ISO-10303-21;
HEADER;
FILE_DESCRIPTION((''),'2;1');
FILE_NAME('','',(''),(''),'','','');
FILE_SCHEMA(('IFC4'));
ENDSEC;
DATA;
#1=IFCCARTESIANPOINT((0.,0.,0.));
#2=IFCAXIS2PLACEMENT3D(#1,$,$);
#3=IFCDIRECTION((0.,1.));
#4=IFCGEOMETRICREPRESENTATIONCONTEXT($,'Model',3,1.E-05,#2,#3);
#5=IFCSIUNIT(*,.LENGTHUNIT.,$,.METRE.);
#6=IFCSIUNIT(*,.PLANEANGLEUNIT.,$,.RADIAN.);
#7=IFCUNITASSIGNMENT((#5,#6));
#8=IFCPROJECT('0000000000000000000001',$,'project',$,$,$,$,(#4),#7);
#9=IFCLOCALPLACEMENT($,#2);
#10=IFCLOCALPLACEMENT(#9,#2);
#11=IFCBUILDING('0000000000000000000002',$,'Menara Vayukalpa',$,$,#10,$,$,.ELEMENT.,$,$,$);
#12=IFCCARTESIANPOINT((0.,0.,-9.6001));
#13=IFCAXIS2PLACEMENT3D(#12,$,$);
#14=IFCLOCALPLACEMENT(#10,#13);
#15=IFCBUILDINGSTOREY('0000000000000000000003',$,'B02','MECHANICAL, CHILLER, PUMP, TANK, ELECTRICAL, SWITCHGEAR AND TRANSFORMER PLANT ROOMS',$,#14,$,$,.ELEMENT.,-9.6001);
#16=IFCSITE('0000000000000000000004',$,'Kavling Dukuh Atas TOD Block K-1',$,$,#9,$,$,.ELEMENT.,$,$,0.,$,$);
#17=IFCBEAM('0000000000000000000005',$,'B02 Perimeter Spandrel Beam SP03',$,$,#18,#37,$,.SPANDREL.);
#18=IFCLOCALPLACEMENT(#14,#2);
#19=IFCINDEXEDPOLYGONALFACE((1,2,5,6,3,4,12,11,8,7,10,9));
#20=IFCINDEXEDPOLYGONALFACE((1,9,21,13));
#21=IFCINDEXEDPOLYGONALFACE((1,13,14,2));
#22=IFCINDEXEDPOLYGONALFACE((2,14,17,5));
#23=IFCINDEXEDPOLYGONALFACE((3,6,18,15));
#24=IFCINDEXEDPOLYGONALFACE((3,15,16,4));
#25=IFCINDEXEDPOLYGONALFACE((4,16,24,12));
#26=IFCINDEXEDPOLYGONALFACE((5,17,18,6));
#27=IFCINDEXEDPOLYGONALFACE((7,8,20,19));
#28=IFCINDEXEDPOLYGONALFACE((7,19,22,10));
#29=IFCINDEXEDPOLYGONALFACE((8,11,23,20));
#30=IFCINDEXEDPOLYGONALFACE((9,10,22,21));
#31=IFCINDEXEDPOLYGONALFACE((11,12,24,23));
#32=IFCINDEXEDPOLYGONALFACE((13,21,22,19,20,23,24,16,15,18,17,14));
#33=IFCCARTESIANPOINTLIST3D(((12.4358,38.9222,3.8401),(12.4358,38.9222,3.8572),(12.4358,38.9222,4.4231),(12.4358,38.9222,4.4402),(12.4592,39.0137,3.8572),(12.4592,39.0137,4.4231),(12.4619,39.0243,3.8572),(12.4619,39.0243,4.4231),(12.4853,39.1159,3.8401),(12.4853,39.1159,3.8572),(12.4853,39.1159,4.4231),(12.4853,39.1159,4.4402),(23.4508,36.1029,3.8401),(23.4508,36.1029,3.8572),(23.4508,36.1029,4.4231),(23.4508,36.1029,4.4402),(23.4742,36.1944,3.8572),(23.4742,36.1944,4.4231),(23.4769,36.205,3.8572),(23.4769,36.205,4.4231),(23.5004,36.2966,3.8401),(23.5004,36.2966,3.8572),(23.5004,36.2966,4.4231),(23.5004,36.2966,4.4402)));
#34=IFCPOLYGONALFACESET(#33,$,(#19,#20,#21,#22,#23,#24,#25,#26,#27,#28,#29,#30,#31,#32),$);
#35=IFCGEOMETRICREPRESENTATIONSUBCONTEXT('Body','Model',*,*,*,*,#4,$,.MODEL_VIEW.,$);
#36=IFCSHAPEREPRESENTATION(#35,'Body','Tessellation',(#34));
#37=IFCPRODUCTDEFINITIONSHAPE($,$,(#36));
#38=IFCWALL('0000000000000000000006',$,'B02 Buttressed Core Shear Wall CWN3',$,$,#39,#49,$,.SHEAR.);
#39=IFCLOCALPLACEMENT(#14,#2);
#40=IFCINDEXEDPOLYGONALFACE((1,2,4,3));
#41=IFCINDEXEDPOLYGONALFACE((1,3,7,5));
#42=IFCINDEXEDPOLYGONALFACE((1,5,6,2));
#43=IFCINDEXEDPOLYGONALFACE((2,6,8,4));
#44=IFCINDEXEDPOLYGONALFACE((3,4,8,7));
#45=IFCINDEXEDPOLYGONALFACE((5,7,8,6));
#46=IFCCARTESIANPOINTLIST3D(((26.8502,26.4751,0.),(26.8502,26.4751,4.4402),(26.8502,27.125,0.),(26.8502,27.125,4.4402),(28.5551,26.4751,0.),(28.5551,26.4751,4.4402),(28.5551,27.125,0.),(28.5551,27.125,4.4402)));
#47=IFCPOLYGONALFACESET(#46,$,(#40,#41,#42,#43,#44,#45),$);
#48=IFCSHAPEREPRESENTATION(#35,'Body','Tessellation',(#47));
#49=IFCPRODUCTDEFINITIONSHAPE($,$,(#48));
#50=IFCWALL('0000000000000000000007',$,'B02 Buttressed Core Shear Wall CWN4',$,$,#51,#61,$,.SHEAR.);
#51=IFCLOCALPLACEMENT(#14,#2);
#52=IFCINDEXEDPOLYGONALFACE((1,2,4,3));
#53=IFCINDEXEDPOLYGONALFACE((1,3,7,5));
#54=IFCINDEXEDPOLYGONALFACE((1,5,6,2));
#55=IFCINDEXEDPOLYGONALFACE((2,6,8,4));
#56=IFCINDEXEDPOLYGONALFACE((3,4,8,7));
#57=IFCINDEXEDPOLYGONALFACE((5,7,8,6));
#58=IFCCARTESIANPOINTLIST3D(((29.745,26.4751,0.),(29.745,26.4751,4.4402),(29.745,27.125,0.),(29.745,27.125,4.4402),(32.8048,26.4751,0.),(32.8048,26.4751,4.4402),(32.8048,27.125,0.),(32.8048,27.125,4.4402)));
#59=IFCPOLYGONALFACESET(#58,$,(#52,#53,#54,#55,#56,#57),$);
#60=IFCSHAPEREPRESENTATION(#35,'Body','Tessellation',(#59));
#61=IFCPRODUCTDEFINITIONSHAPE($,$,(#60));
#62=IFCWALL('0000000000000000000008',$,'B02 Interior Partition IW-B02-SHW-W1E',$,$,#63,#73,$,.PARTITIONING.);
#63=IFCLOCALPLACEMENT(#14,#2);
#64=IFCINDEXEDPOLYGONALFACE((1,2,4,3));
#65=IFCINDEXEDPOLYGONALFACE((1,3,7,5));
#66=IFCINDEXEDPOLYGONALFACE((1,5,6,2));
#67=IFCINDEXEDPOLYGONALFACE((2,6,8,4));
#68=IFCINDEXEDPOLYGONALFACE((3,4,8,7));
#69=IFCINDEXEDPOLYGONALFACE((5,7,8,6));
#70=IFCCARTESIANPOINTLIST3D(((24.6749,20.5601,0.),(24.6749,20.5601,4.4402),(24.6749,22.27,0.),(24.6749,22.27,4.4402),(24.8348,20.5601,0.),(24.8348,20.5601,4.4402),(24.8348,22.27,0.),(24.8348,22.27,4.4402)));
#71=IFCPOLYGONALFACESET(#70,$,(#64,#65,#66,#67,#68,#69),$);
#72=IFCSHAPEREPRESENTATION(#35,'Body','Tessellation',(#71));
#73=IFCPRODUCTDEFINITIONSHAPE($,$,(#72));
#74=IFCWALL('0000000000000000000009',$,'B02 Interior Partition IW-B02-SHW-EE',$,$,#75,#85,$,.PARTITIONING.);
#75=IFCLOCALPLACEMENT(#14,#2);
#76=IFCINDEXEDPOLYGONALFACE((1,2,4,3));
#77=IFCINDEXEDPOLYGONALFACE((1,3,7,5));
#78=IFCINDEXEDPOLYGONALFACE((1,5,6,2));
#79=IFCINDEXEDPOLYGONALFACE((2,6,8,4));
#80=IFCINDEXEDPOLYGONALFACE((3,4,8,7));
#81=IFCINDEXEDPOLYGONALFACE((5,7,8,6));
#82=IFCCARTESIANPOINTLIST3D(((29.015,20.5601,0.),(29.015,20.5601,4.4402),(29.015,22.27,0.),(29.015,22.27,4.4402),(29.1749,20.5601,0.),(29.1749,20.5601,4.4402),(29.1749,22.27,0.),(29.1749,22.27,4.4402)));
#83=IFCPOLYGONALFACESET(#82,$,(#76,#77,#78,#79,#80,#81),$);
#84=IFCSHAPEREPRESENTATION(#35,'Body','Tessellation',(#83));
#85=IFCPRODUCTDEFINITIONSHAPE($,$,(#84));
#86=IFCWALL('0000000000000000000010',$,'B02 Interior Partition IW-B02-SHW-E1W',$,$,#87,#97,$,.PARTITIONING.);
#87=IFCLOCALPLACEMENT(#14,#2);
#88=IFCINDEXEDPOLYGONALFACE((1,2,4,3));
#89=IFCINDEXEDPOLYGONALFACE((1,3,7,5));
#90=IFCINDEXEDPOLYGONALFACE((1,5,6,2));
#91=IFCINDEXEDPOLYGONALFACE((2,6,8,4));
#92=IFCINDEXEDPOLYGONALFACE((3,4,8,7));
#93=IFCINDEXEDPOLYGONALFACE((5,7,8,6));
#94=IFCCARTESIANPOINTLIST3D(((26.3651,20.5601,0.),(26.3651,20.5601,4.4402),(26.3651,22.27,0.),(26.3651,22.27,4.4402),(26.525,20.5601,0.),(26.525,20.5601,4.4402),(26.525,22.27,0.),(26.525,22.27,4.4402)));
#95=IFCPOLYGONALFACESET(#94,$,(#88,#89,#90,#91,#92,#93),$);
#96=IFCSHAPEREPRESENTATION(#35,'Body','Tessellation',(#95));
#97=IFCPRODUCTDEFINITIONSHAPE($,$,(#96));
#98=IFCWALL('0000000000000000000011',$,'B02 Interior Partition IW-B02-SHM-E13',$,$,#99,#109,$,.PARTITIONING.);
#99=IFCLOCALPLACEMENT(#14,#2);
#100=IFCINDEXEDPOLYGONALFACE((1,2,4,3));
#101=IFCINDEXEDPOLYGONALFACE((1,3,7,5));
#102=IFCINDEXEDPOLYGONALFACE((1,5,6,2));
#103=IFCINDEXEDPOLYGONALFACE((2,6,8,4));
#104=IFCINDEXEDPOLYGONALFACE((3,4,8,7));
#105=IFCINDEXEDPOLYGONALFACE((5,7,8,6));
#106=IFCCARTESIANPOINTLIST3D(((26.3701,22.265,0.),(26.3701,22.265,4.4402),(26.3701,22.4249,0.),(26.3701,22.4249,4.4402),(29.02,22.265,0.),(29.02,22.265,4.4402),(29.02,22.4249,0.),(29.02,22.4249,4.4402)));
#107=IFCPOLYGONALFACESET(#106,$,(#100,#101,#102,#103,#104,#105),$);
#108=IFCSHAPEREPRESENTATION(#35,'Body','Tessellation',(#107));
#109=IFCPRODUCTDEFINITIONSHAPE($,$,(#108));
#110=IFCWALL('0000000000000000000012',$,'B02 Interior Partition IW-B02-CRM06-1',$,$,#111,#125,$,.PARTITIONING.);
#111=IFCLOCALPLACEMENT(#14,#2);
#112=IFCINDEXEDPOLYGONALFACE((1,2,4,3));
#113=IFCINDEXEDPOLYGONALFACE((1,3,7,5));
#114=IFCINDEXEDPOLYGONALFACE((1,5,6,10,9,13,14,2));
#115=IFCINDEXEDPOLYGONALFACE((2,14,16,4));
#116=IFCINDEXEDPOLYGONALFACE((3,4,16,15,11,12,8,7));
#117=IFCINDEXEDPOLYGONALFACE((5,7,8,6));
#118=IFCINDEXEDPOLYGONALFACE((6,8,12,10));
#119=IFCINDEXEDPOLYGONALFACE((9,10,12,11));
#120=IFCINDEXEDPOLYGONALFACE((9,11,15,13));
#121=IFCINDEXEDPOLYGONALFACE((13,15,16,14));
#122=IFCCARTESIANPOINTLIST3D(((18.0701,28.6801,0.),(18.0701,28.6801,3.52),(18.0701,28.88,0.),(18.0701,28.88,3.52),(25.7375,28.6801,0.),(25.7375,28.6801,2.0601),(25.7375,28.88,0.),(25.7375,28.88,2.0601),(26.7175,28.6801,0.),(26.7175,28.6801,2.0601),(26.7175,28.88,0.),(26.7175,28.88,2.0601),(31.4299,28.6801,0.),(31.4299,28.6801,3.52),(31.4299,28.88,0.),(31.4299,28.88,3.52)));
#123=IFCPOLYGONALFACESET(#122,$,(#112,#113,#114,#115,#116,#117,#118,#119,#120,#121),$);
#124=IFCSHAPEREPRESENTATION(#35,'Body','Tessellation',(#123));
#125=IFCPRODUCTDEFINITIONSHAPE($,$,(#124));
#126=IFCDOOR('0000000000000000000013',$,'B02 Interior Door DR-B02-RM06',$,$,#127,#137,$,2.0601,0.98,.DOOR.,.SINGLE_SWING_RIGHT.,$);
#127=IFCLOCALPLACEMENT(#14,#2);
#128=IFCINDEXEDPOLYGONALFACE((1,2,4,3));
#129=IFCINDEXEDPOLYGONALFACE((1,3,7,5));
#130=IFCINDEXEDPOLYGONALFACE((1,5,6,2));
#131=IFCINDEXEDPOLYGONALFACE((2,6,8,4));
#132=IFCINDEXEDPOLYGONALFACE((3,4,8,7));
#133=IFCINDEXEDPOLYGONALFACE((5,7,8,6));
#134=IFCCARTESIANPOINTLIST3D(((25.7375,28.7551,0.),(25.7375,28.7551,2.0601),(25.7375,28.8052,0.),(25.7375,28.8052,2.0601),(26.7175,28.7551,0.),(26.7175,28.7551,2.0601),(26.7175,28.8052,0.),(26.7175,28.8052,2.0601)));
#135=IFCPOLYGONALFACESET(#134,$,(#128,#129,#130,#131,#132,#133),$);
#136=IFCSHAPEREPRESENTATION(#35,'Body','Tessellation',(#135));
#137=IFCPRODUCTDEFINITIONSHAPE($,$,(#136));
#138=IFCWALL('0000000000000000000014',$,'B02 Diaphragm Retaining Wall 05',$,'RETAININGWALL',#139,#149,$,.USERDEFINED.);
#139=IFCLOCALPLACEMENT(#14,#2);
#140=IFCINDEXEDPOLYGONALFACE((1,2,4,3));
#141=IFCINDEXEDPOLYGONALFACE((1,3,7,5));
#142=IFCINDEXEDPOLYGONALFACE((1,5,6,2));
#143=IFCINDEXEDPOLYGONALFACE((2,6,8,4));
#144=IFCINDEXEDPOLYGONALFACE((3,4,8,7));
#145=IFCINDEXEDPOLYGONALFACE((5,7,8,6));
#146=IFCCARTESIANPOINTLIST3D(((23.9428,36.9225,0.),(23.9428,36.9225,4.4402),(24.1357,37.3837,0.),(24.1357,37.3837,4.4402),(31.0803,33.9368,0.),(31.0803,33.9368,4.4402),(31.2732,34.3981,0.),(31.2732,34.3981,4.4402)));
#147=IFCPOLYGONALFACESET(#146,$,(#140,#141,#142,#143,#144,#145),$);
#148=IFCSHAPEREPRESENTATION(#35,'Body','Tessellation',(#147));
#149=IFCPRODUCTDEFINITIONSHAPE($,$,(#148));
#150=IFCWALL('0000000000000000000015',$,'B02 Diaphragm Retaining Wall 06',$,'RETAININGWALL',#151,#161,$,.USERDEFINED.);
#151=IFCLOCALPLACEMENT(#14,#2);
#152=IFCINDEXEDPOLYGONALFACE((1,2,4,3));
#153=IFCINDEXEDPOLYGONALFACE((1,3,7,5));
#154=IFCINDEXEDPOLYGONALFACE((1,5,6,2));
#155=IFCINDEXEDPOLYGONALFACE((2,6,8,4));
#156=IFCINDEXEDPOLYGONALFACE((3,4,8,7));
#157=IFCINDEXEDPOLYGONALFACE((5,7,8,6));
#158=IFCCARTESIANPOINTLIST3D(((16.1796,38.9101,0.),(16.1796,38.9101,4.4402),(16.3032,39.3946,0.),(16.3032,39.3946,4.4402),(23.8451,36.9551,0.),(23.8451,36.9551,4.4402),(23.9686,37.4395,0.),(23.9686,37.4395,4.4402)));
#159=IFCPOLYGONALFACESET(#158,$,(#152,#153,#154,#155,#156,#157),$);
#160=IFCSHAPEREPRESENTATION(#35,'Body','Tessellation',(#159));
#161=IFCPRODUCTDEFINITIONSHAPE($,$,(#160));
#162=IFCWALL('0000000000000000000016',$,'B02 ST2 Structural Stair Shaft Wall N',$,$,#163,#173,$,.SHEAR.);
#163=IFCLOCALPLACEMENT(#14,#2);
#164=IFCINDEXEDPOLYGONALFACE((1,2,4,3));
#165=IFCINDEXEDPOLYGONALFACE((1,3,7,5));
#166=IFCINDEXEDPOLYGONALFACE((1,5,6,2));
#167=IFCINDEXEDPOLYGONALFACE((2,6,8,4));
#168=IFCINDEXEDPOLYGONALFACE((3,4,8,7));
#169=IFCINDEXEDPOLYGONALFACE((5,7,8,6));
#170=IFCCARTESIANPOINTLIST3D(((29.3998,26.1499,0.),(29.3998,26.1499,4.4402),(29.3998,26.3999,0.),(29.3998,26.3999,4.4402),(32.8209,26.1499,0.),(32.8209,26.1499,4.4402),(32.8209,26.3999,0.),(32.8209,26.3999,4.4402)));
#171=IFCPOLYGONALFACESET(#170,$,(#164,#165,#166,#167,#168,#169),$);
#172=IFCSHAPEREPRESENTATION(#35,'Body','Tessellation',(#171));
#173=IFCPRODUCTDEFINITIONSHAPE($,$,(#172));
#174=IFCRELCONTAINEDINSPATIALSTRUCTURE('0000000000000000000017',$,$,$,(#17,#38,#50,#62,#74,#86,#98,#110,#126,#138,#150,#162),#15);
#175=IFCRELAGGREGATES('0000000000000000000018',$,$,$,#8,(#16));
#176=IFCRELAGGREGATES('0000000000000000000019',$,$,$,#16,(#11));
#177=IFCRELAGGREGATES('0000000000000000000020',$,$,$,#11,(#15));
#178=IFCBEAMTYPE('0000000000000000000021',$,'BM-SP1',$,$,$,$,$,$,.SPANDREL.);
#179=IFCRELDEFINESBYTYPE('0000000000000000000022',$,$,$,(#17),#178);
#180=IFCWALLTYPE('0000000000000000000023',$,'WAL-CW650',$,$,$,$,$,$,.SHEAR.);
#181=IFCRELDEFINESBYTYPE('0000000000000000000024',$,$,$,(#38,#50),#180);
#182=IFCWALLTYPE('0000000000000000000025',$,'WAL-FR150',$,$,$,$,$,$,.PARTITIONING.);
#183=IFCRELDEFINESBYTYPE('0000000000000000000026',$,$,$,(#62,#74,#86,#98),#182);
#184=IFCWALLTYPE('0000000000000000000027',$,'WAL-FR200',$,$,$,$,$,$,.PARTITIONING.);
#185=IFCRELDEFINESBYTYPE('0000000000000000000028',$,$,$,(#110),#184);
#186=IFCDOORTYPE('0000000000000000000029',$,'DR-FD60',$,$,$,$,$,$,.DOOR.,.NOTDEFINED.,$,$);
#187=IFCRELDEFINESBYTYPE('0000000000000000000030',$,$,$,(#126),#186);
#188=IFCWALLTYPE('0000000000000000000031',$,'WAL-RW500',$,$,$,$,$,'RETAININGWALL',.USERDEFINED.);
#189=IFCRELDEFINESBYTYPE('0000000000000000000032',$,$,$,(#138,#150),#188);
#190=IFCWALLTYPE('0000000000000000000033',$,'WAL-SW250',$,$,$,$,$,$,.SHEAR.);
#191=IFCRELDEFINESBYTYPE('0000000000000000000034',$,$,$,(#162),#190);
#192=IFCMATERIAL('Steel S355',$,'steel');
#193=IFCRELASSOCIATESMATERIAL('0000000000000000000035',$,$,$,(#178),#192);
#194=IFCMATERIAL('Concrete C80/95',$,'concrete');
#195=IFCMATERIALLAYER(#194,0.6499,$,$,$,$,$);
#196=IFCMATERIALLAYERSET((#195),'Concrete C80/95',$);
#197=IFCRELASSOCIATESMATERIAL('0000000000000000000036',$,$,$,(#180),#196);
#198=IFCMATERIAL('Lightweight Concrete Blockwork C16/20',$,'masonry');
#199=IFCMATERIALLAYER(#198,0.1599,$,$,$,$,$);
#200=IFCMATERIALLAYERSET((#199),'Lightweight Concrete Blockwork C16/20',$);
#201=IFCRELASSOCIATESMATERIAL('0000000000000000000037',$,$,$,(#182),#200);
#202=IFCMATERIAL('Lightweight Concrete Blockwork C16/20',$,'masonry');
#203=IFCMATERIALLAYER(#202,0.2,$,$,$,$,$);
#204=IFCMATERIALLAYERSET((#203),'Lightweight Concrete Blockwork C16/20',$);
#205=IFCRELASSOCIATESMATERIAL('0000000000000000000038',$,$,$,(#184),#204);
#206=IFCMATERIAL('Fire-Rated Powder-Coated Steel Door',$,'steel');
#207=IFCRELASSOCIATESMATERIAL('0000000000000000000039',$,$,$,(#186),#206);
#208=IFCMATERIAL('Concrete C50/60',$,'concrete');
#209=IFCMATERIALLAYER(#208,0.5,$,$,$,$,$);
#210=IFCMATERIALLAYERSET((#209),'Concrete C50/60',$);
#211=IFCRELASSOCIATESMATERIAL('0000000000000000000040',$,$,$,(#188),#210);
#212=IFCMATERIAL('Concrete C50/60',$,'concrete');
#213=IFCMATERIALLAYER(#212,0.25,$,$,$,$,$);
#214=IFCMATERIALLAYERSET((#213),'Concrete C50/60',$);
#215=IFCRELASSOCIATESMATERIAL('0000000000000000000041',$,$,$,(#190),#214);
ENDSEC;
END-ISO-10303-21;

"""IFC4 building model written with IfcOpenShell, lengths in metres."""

from ifc_helpers import new_model, si_unit, direction, frame, frame_2d, origin, origin_2d, place, context, subcontext, project, spatial, rectangle, i_section, extrude, material, layer, layer_set, material_profile, profile_set, type_object, element, fill, save


model = new_model("IFC4")

# Units and contexts
model_context = context("Model", 3, precision=1e-05, world=origin(), true_north=direction((0.0, 1.0)))
body_context = subcontext(model_context, "Body", "Model", "MODEL_VIEW")
ifc_project = project(units=[si_unit("LENGTHUNIT", "METRE"), si_unit("PLANEANGLEUNIT", "RADIAN")], contexts=[model_context])

# Site, building, storey
site_placement = place(None, origin())
site = spatial("IfcSite", under=ifc_project, at=site_placement, Name="Kavling Dukuh Atas TOD Block K-1", CompositionType="ELEMENT", RefElevation=0.0)
building_placement = place(site_placement, origin())
building = spatial("IfcBuilding", under=site, at=building_placement, Name="Menara Vayukalpa", CompositionType="ELEMENT")
storey_placement = place(building_placement, frame((0.0, 0.0, -9.6001)))
storey = spatial("IfcBuildingStorey", under=building, at=storey_placement, Name="B02", Description="MECHANICAL, CHILLER, PUMP, TANK, ELECTRICAL, SWITCHGEAR AND TRANSFORMER PLANT ROOMS", CompositionType="ELEMENT", Elevation=-9.6001)

# Beam
ifc_material_1 = material(Name="Steel S355", Category="steel")
ifc_material_profile_1 = material_profile(ifc_material_1, i_section(OverallWidth=0.2, OverallDepth=0.6001, WebThickness=0.011, FlangeThickness=0.0171, at=origin_2d()), Name="WF 600x200x11x17")
ifc_profile_set_1 = profile_set([ifc_material_profile_1], Name="Steel S355")
beam_type_1 = type_object("IfcBeamType", Name="BM-SP1", PredefinedType="SPANDREL", material=ifc_profile_set_1)
beam_1_placement = place(storey_placement, frame((23.4756, 36.1997, 4.1401), z_axis=(-0.968771, 0.247958, 0.0), x_axis=(-0.247958, -0.968771, 0.0)))
element("IfcBeam", 1, at=beam_1_placement, inside=storey, type_object=beam_type_1, Name="B02 Perimeter Spandrel Beam SP03", PredefinedType="SPANDREL", context=body_context, shape_type="SweptSolid", body=[
    extrude(i_section(OverallWidth=0.2, OverallDepth=0.6001, WebThickness=0.011, FlangeThickness=0.0171, at=origin_2d()), origin(), (0.0, 0.0, 1.0), 11.3701),
])

# Walls
ifc_material_2 = material(Name="Concrete C80/95", Category="concrete")
ifc_layer_1 = layer(ifc_material_2, 0.6499)
ifc_layer_set_1 = layer_set([ifc_layer_1], Name="Concrete C80/95")
wall_type_1 = type_object("IfcWallType", Name="WAL-CW650", PredefinedType="SHEAR", material=ifc_layer_set_1)
wall_1_placement = place(storey_placement, frame((26.8501, 26.8, 0.0), z_axis=(0.0, 0.0, 1.0), x_axis=(1.0, 0.0, 0.0)))
element("IfcWall", 2, at=wall_1_placement, inside=storey, type_object=wall_type_1, Name="B02 Buttressed Core Shear Wall CWN3", PredefinedType="SHEAR", context=body_context, shape_type="SweptSolid", body=[
    extrude(rectangle(XDim=1.7048, YDim=0.6499, at=frame_2d((0.8525, 0.0))), origin(), (0.0, 0.0, 1.0), 4.4402),
])
wall_2_placement = place(storey_placement, frame((29.7451, 26.8, 0.0), z_axis=(0.0, 0.0, 1.0), x_axis=(1.0, 0.0, 0.0)))
element("IfcWall", 3, at=wall_2_placement, inside=storey, type_object=wall_type_1, Name="B02 Buttressed Core Shear Wall CWN4", PredefinedType="SHEAR", context=body_context, shape_type="SweptSolid", body=[
    extrude(rectangle(XDim=3.0598, YDim=0.6499, at=frame_2d((1.5298, 0.0))), origin(), (0.0, 0.0, 1.0), 4.4402),
])
ifc_material_3 = material(Name="Lightweight Concrete Blockwork C16/20", Category="masonry")
ifc_layer_2 = layer(ifc_material_3, 0.1599)
ifc_layer_set_2 = layer_set([ifc_layer_2], Name="Lightweight Concrete Blockwork C16/20")
wall_type_2 = type_object("IfcWallType", Name="WAL-FR150", PredefinedType="PARTITIONING", material=ifc_layer_set_2)
for number, where, z_axis, x_axis, name in (
    (4, (24.7549, 20.5601, 0.0), (0.0, 0.0, 1.0), (0.0, 1.0, 0.0), "B02 Interior Partition IW-B02-SHW-W1E"),
    (5, (29.095, 20.5601, 0.0), (0.0, 0.0, 1.0), (0.0, 1.0, 0.0), "B02 Interior Partition IW-B02-SHW-EE"),
    (6, (26.4451, 20.5601, 0.0), (0.0, 0.0, 1.0), (0.0, 1.0, 0.0), "B02 Interior Partition IW-B02-SHW-E1W"),
):
    element("IfcWall", number, at=place(storey_placement, frame(where, z_axis=z_axis, x_axis=x_axis)), inside=storey, type_object=wall_type_2, Name=name, PredefinedType="PARTITIONING", context=body_context, shape_type="SweptSolid", body=[
        extrude(rectangle(XDim=1.71, YDim=0.1599, at=frame_2d((0.855, 0.0))), origin(), (0.0, 0.0, 1.0), 4.4402),
    ])
wall_3_placement = place(storey_placement, frame((26.3701, 22.345, 0.0), z_axis=(0.0, 0.0, 1.0), x_axis=(1.0, 0.0, 0.0)))
element("IfcWall", 7, at=wall_3_placement, inside=storey, type_object=wall_type_2, Name="B02 Interior Partition IW-B02-SHM-E13", PredefinedType="PARTITIONING", context=body_context, shape_type="SweptSolid", body=[
    extrude(rectangle(XDim=2.6499, YDim=0.1599, at=frame_2d((1.325, 0.0))), origin(), (0.0, 0.0, 1.0), 4.4402),
])

# Wall, opening, door
ifc_material_4 = material(Name="Lightweight Concrete Blockwork C16/20", Category="masonry")
ifc_layer_3 = layer(ifc_material_4, 0.2)
ifc_layer_set_3 = layer_set([ifc_layer_3], Name="Lightweight Concrete Blockwork C16/20")
wall_type_3 = type_object("IfcWallType", Name="WAL-FR200", PredefinedType="PARTITIONING", material=ifc_layer_set_3)
wall_4_placement = place(storey_placement, frame((31.4299, 28.78, 0.0), z_axis=(0.0, 0.0, 1.0), x_axis=(-1.0, 0.0, 0.0)))
wall_4 = element("IfcWall", 8, at=wall_4_placement, inside=storey, type_object=wall_type_3, Name="B02 Interior Partition IW-B02-CRM06-1", PredefinedType="PARTITIONING", context=body_context, shape_type="SweptSolid", body=[
    extrude(rectangle(XDim=13.3599, YDim=0.2, at=frame_2d((6.6799, 0.0))), origin(), (0.0, 0.0, 1.0), 3.52),
])
opening_placement = place(wall_4_placement, frame((4.7124, 0.0, 0.0)))
opening = element("IfcOpeningElement", 9, at=opening_placement, cuts=wall_4, PredefinedType="OPENING", context=body_context, shape_type="SweptSolid", body=[
    extrude(rectangle(XDim=0.98, YDim=2.0601, at=frame_2d((0.49, 1.03))), frame((0.0, 0.1099, 0.0), z_axis=(0.0, -1.0, 0.0), x_axis=(1.0, 0.0, 0.0)), (0.0, 0.0, 1.0), 0.22),
])
ifc_material_5 = material(Name="Fire-Rated Powder-Coated Steel Door", Category="steel")
door_type = type_object("IfcDoorType", Name="DR-FD60", OperationType="NOTDEFINED", PredefinedType="DOOR", material=ifc_material_5)
door_placement = place(opening_placement, origin())
door = element("IfcDoor", 10, at=door_placement, inside=storey, type_object=door_type, Name="B02 Interior Door DR-B02-RM06", OperationType="SINGLE_SWING_RIGHT", OverallHeight=2.0601, OverallWidth=0.98, PredefinedType="DOOR", context=body_context, shape_type="SweptSolid", body=[
    extrude(rectangle(XDim=0.98, YDim=2.0601, at=frame_2d((0.49, 1.03))), frame((0.0, 0.0249, 0.0), z_axis=(0.0, -1.0, 0.0), x_axis=(1.0, 0.0, 0.0)), (0.0, 0.0, 1.0), 0.05),
])
fill(opening, door)

# Walls
ifc_material_6 = material(Name="Concrete C50/60", Category="concrete")
ifc_layer_4 = layer(ifc_material_6, 0.5)
ifc_layer_set_4 = layer_set([ifc_layer_4], Name="Concrete C50/60")
wall_type_4 = type_object("IfcWallType", Name="WAL-RW500", ElementType="RETAININGWALL", PredefinedType="USERDEFINED", material=ifc_layer_set_4)
wall_5_placement = place(storey_placement, frame((31.1768, 34.1675, 0.0), z_axis=(0.0, 0.0, 1.0), x_axis=(-0.922541, 0.385899, 0.0)))
element("IfcWall", 11, at=wall_5_placement, inside=storey, type_object=wall_type_4, Name="B02 Diaphragm Retaining Wall 05", ObjectType="RETAININGWALL", PredefinedType="USERDEFINED", context=body_context, shape_type="SweptSolid", body=[
    extrude(rectangle(XDim=7.7368, YDim=0.5, at=frame_2d((3.8684, 0.0))), origin(), (0.0, 0.0, 1.0), 4.4402),
])
wall_6_placement = place(storey_placement, frame((23.907, 37.1973, 0.0), z_axis=(0.0, 0.0, 1.0), x_axis=(-0.968981, 0.247137, 0.0)))
element("IfcWall", 12, at=wall_6_placement, inside=storey, type_object=wall_type_4, Name="B02 Diaphragm Retaining Wall 06", ObjectType="RETAININGWALL", PredefinedType="USERDEFINED", context=body_context, shape_type="SweptSolid", body=[
    extrude(rectangle(XDim=7.9109, YDim=0.5, at=frame_2d((3.9556, 0.0))), origin(), (0.0, 0.0, 1.0), 4.4402),
])
ifc_material_7 = material(Name="Concrete C50/60", Category="concrete")
ifc_layer_5 = layer(ifc_material_7, 0.25)
ifc_layer_set_5 = layer_set([ifc_layer_5], Name="Concrete C50/60")
wall_type_5 = type_object("IfcWallType", Name="WAL-SW250", PredefinedType="SHEAR", material=ifc_layer_set_5)
wall_7_placement = place(storey_placement, frame((29.3999, 26.2749, 0.0), z_axis=(0.0, 0.0, 1.0), x_axis=(1.0, 0.0, 0.0)))
element("IfcWall", 13, at=wall_7_placement, inside=storey, type_object=wall_type_5, Name="B02 ST2 Structural Stair Shaft Wall N", PredefinedType="SHEAR", context=body_context, shape_type="SweptSolid", body=[
    extrude(rectangle(XDim=3.4211, YDim=0.25, at=frame_2d((1.7104, 0.0))), origin(), (0.0, 0.0, 1.0), 4.4402),
])

save(model, "model.ifc")
